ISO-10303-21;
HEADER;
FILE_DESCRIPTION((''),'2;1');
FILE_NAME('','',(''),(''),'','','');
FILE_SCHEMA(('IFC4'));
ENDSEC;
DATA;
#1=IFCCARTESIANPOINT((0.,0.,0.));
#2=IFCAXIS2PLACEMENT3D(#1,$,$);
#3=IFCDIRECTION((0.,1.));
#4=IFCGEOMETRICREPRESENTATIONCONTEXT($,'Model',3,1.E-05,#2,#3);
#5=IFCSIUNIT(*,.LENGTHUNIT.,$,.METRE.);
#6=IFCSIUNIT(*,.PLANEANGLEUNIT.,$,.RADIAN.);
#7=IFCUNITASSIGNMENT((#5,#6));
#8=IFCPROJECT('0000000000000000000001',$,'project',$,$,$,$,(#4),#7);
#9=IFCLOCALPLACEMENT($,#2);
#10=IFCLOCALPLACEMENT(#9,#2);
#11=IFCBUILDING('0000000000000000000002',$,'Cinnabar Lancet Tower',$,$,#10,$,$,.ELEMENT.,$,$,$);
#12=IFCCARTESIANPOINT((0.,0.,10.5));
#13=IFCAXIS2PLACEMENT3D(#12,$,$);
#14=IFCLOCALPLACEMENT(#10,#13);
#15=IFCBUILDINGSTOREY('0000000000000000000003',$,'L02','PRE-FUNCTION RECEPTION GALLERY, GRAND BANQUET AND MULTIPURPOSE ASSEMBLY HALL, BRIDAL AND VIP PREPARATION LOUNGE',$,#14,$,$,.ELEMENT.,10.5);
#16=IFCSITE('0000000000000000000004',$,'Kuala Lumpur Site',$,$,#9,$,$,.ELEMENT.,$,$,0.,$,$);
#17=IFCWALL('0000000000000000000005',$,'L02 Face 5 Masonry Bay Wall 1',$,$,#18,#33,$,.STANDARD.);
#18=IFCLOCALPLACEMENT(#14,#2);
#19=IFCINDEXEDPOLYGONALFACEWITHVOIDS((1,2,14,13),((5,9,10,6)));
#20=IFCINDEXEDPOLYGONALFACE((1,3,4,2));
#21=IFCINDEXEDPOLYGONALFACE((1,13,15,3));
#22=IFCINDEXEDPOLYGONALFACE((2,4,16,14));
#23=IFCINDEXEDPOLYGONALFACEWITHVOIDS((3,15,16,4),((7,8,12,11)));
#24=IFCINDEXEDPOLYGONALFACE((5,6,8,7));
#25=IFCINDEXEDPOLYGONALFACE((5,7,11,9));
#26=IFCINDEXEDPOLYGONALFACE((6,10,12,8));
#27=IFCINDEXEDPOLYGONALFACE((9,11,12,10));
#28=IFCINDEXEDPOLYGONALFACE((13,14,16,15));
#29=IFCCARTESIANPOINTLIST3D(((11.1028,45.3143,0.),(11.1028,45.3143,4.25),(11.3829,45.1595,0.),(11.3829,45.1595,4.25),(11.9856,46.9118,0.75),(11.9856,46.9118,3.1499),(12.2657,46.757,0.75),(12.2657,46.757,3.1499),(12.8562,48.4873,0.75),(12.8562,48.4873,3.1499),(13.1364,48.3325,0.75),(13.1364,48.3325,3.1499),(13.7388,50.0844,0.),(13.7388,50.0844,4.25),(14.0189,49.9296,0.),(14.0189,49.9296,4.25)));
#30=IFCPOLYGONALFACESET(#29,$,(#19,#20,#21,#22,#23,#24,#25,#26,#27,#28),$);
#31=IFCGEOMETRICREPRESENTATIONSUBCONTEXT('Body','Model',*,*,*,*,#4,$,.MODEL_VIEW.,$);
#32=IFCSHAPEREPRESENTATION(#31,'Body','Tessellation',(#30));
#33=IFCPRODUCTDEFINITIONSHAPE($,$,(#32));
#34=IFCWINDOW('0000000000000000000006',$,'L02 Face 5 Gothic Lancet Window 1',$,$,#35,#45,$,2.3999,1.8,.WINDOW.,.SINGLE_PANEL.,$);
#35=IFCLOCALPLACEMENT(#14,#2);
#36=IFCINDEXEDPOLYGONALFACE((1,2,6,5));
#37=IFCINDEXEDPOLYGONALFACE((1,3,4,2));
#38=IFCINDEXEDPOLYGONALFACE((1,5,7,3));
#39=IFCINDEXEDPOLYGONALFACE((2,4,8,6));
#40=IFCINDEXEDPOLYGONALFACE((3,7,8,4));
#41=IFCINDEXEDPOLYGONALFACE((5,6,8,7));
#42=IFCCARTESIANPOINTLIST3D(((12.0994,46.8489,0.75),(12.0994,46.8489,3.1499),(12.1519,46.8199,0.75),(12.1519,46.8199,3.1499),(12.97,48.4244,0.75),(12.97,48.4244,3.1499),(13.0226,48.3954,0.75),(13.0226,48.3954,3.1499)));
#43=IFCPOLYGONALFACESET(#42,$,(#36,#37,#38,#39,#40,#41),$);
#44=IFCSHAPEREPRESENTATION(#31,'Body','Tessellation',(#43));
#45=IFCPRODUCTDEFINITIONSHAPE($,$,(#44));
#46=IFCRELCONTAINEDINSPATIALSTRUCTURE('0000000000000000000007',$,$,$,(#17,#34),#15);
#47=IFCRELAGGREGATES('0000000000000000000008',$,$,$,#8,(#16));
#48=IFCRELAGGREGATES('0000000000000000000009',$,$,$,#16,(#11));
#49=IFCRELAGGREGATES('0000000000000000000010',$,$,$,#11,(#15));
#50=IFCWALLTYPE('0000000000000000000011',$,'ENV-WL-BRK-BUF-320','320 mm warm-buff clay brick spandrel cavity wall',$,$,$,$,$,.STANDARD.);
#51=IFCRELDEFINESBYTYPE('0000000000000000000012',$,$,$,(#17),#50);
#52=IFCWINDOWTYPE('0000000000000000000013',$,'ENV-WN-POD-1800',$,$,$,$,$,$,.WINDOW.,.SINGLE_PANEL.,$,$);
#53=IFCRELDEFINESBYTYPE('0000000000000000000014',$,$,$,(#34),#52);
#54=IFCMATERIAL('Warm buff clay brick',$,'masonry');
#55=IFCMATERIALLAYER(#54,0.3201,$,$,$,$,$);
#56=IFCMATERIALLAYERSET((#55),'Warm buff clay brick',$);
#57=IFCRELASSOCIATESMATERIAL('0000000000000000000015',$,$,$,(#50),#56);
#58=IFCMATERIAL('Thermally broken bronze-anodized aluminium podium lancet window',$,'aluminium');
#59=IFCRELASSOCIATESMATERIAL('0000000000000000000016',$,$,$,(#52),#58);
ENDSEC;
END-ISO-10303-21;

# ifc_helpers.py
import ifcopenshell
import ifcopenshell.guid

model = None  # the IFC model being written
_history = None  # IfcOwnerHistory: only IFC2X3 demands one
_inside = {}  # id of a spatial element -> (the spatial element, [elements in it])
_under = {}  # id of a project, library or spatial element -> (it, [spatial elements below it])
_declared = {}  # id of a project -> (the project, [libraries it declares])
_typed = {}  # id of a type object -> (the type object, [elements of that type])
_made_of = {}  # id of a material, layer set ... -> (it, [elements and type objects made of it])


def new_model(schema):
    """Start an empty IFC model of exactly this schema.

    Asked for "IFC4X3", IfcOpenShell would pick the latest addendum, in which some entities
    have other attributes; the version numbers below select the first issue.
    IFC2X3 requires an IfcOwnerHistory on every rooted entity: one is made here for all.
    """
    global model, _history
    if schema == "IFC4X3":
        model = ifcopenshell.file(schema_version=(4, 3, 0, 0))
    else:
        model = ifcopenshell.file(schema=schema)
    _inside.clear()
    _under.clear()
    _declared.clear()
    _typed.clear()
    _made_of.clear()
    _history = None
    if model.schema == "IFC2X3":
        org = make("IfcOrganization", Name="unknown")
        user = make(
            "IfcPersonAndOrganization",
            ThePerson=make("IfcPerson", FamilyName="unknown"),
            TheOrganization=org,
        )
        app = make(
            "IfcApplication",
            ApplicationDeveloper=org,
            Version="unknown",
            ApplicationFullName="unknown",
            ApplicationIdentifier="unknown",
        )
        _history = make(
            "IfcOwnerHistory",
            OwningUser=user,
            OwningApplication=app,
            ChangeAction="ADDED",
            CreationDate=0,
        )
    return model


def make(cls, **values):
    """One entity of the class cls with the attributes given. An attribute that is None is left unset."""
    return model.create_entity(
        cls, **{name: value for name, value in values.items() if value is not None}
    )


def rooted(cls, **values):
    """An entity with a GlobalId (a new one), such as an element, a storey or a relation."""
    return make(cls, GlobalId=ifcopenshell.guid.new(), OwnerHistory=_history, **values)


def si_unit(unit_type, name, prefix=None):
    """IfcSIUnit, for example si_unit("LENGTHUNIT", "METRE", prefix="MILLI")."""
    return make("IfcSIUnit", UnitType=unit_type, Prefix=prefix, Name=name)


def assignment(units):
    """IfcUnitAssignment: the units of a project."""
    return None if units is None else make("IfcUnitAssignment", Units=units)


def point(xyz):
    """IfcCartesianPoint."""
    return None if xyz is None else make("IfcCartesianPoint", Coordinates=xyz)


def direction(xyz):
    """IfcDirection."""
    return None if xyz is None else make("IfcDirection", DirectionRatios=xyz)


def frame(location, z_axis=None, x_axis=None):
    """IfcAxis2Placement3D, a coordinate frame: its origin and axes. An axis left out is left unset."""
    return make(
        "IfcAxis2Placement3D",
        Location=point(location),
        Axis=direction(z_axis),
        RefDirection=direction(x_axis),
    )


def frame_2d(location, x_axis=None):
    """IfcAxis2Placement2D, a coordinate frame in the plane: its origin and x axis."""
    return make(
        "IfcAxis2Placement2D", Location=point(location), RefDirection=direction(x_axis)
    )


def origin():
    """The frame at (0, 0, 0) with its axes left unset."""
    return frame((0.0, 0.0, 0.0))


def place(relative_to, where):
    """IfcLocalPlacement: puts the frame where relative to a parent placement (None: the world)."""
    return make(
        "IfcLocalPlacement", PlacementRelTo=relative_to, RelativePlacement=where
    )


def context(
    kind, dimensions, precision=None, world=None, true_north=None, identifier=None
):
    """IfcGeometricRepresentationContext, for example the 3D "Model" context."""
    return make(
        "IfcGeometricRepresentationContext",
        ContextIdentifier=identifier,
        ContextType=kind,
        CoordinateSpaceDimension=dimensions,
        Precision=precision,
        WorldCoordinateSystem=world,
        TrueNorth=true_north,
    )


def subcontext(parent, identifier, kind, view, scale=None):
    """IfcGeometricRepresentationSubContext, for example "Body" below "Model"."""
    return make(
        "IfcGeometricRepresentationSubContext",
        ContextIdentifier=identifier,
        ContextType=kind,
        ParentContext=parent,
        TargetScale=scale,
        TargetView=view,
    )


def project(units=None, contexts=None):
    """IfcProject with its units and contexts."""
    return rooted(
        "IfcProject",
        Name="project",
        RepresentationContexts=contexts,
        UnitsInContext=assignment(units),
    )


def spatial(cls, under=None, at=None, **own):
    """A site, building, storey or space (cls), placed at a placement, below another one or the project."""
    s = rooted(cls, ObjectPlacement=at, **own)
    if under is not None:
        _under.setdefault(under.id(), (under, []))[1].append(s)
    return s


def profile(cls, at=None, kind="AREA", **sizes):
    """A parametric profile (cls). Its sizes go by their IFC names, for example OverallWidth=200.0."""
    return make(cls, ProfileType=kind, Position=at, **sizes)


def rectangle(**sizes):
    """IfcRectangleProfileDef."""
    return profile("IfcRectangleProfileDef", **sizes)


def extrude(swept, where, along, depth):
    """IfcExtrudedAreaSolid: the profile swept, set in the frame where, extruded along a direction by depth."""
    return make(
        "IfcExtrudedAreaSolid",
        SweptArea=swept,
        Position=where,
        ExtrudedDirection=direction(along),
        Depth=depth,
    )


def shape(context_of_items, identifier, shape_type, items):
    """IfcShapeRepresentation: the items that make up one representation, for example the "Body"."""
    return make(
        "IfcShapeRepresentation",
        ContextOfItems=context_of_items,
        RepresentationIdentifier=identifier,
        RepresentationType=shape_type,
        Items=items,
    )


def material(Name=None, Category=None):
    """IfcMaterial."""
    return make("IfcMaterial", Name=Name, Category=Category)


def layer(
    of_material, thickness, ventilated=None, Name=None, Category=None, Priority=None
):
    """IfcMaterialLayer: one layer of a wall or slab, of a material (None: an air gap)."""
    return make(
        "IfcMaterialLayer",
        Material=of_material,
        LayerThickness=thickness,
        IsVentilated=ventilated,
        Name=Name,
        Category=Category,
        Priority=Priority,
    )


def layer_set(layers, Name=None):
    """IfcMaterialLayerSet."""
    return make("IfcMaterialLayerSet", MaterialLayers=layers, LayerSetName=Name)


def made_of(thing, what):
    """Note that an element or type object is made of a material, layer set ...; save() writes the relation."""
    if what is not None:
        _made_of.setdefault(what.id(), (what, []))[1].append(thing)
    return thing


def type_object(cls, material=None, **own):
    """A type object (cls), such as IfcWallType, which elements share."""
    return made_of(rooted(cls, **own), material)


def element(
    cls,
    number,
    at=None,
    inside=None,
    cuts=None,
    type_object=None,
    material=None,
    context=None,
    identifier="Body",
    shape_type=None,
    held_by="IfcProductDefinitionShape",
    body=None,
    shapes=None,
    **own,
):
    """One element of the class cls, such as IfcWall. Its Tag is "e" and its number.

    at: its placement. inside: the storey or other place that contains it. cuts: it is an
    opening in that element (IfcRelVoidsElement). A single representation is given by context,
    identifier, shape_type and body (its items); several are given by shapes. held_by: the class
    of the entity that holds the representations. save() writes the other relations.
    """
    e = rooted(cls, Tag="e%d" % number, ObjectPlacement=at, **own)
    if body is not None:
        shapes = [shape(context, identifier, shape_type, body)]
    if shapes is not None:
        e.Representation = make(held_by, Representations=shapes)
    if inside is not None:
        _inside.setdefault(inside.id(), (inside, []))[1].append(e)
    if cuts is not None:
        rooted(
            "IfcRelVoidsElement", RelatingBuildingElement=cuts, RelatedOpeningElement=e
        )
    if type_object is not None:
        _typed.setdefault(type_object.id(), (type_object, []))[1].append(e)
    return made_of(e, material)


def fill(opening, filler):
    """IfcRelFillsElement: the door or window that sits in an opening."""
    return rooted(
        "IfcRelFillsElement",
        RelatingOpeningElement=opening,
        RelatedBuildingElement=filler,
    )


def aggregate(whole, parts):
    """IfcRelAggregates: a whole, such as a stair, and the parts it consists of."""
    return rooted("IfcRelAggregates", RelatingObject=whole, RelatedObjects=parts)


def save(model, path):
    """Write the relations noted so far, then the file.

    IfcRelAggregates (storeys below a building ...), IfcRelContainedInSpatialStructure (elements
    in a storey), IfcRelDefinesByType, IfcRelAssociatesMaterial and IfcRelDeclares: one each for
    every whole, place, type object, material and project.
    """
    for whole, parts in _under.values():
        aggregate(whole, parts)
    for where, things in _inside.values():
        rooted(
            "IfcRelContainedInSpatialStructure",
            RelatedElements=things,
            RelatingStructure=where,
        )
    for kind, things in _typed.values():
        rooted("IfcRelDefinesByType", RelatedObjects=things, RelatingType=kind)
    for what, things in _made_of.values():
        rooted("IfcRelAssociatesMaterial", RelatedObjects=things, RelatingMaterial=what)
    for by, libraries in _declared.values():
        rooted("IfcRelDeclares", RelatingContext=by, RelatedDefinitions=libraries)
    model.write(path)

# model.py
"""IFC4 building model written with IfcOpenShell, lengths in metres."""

from ifc_helpers import new_model, si_unit, direction, frame, frame_2d, origin, place, context, subcontext, project, spatial, rectangle, extrude, material, layer, layer_set, type_object, element, fill, save


model = new_model("IFC4")

# Units and contexts
model_context = context("Model", 3, precision=1e-05, world=origin(), true_north=direction((0.0, 1.0)))
body_context = subcontext(model_context, "Body", "Model", "MODEL_VIEW")
ifc_project = project(units=[si_unit("LENGTHUNIT", "METRE"), si_unit("PLANEANGLEUNIT", "RADIAN")], contexts=[model_context])

# Site, building, storey
site_placement = place(None, origin())
site = spatial("IfcSite", under=ifc_project, at=site_placement, Name="Kuala Lumpur Site", CompositionType="ELEMENT", RefElevation=0.0)
building_placement = place(site_placement, origin())
building = spatial("IfcBuilding", under=site, at=building_placement, Name="Cinnabar Lancet Tower", CompositionType="ELEMENT")
storey_placement = place(building_placement, frame((0.0, 0.0, 10.5)))
storey = spatial("IfcBuildingStorey", under=building, at=storey_placement, Name="L02", Description="PRE-FUNCTION RECEPTION GALLERY, GRAND BANQUET AND MULTIPURPOSE ASSEMBLY HALL, BRIDAL AND VIP PREPARATION LOUNGE", CompositionType="ELEMENT", Elevation=10.5)

# Shared definitions
ifc_material_1 = material(Name="Warm buff clay brick", Category="masonry")
ifc_layer_1 = layer(ifc_material_1, 0.3201)
ifc_layer_set_1 = layer_set([ifc_layer_1], Name="Warm buff clay brick")
wall_type = type_object("IfcWallType", Name="ENV-WL-BRK-BUF-320", Description="320 mm warm-buff clay brick spandrel cavity wall", PredefinedType="STANDARD", material=ifc_layer_set_1)

# Wall, opening, window
ifc_material_2 = material(Name="Thermally broken bronze-anodized aluminium podium lancet window", Category="aluminium")
window_type = type_object("IfcWindowType", Name="ENV-WN-POD-1800", PartitioningType="SINGLE_PANEL", PredefinedType="WINDOW", material=ifc_material_2)
wall_1_placement = place(storey_placement, frame((13.8789, 50.0071, 0.0), z_axis=(0.0, 0.0, 1.0), x_axis=(-0.483675, -0.875248, 0.0)))
wall_1 = element("IfcWall", 1, at=wall_1_placement, inside=storey, type_object=wall_type, Name="L02 Face 5 Masonry Bay Wall 1", PredefinedType="STANDARD", context=body_context, shape_type="SweptSolid", body=[
    extrude(rectangle(XDim=5.45, YDim=0.3201, at=frame_2d((2.7251, 0.0))), origin(), (0.0, 0.0, 1.0), 4.25),
])
opening_1_placement = place(wall_1_placement, frame((1.825, 0.0, 0.75)))
opening_1 = element("IfcOpeningElement", 2, at=opening_1_placement, cuts=wall_1, PredefinedType="OPENING", context=body_context, shape_type="SweptSolid", body=[
    extrude(rectangle(XDim=1.8, YDim=2.3999, at=frame_2d((0.8999, 1.2))), frame((0.0, 0.1699, 0.0), z_axis=(0.0, -1.0, 0.0), x_axis=(1.0, 0.0, 0.0)), (0.0, 0.0, 1.0), 0.3401),
])
window_1_placement = place(opening_1_placement, origin())
window_1 = element("IfcWindow", 3, at=window_1_placement, inside=storey, type_object=window_type, Name="L02 Face 5 Gothic Lancet Window 1", OverallHeight=2.3999, OverallWidth=1.8, PartitioningType="SINGLE_PANEL", PredefinedType="WINDOW", context=body_context, shape_type="SweptSolid", body=[
    extrude(rectangle(XDim=1.8, YDim=2.3999, at=frame_2d((0.8999, 1.2))), frame((0.0, 0.03, 0.0), z_axis=(0.0, -1.0, 0.0), x_axis=(1.0, 0.0, 0.0)), (0.0, 0.0, 1.0), 0.0601),
])
fill(opening_1, window_1)

save(model, "model.ifc")
